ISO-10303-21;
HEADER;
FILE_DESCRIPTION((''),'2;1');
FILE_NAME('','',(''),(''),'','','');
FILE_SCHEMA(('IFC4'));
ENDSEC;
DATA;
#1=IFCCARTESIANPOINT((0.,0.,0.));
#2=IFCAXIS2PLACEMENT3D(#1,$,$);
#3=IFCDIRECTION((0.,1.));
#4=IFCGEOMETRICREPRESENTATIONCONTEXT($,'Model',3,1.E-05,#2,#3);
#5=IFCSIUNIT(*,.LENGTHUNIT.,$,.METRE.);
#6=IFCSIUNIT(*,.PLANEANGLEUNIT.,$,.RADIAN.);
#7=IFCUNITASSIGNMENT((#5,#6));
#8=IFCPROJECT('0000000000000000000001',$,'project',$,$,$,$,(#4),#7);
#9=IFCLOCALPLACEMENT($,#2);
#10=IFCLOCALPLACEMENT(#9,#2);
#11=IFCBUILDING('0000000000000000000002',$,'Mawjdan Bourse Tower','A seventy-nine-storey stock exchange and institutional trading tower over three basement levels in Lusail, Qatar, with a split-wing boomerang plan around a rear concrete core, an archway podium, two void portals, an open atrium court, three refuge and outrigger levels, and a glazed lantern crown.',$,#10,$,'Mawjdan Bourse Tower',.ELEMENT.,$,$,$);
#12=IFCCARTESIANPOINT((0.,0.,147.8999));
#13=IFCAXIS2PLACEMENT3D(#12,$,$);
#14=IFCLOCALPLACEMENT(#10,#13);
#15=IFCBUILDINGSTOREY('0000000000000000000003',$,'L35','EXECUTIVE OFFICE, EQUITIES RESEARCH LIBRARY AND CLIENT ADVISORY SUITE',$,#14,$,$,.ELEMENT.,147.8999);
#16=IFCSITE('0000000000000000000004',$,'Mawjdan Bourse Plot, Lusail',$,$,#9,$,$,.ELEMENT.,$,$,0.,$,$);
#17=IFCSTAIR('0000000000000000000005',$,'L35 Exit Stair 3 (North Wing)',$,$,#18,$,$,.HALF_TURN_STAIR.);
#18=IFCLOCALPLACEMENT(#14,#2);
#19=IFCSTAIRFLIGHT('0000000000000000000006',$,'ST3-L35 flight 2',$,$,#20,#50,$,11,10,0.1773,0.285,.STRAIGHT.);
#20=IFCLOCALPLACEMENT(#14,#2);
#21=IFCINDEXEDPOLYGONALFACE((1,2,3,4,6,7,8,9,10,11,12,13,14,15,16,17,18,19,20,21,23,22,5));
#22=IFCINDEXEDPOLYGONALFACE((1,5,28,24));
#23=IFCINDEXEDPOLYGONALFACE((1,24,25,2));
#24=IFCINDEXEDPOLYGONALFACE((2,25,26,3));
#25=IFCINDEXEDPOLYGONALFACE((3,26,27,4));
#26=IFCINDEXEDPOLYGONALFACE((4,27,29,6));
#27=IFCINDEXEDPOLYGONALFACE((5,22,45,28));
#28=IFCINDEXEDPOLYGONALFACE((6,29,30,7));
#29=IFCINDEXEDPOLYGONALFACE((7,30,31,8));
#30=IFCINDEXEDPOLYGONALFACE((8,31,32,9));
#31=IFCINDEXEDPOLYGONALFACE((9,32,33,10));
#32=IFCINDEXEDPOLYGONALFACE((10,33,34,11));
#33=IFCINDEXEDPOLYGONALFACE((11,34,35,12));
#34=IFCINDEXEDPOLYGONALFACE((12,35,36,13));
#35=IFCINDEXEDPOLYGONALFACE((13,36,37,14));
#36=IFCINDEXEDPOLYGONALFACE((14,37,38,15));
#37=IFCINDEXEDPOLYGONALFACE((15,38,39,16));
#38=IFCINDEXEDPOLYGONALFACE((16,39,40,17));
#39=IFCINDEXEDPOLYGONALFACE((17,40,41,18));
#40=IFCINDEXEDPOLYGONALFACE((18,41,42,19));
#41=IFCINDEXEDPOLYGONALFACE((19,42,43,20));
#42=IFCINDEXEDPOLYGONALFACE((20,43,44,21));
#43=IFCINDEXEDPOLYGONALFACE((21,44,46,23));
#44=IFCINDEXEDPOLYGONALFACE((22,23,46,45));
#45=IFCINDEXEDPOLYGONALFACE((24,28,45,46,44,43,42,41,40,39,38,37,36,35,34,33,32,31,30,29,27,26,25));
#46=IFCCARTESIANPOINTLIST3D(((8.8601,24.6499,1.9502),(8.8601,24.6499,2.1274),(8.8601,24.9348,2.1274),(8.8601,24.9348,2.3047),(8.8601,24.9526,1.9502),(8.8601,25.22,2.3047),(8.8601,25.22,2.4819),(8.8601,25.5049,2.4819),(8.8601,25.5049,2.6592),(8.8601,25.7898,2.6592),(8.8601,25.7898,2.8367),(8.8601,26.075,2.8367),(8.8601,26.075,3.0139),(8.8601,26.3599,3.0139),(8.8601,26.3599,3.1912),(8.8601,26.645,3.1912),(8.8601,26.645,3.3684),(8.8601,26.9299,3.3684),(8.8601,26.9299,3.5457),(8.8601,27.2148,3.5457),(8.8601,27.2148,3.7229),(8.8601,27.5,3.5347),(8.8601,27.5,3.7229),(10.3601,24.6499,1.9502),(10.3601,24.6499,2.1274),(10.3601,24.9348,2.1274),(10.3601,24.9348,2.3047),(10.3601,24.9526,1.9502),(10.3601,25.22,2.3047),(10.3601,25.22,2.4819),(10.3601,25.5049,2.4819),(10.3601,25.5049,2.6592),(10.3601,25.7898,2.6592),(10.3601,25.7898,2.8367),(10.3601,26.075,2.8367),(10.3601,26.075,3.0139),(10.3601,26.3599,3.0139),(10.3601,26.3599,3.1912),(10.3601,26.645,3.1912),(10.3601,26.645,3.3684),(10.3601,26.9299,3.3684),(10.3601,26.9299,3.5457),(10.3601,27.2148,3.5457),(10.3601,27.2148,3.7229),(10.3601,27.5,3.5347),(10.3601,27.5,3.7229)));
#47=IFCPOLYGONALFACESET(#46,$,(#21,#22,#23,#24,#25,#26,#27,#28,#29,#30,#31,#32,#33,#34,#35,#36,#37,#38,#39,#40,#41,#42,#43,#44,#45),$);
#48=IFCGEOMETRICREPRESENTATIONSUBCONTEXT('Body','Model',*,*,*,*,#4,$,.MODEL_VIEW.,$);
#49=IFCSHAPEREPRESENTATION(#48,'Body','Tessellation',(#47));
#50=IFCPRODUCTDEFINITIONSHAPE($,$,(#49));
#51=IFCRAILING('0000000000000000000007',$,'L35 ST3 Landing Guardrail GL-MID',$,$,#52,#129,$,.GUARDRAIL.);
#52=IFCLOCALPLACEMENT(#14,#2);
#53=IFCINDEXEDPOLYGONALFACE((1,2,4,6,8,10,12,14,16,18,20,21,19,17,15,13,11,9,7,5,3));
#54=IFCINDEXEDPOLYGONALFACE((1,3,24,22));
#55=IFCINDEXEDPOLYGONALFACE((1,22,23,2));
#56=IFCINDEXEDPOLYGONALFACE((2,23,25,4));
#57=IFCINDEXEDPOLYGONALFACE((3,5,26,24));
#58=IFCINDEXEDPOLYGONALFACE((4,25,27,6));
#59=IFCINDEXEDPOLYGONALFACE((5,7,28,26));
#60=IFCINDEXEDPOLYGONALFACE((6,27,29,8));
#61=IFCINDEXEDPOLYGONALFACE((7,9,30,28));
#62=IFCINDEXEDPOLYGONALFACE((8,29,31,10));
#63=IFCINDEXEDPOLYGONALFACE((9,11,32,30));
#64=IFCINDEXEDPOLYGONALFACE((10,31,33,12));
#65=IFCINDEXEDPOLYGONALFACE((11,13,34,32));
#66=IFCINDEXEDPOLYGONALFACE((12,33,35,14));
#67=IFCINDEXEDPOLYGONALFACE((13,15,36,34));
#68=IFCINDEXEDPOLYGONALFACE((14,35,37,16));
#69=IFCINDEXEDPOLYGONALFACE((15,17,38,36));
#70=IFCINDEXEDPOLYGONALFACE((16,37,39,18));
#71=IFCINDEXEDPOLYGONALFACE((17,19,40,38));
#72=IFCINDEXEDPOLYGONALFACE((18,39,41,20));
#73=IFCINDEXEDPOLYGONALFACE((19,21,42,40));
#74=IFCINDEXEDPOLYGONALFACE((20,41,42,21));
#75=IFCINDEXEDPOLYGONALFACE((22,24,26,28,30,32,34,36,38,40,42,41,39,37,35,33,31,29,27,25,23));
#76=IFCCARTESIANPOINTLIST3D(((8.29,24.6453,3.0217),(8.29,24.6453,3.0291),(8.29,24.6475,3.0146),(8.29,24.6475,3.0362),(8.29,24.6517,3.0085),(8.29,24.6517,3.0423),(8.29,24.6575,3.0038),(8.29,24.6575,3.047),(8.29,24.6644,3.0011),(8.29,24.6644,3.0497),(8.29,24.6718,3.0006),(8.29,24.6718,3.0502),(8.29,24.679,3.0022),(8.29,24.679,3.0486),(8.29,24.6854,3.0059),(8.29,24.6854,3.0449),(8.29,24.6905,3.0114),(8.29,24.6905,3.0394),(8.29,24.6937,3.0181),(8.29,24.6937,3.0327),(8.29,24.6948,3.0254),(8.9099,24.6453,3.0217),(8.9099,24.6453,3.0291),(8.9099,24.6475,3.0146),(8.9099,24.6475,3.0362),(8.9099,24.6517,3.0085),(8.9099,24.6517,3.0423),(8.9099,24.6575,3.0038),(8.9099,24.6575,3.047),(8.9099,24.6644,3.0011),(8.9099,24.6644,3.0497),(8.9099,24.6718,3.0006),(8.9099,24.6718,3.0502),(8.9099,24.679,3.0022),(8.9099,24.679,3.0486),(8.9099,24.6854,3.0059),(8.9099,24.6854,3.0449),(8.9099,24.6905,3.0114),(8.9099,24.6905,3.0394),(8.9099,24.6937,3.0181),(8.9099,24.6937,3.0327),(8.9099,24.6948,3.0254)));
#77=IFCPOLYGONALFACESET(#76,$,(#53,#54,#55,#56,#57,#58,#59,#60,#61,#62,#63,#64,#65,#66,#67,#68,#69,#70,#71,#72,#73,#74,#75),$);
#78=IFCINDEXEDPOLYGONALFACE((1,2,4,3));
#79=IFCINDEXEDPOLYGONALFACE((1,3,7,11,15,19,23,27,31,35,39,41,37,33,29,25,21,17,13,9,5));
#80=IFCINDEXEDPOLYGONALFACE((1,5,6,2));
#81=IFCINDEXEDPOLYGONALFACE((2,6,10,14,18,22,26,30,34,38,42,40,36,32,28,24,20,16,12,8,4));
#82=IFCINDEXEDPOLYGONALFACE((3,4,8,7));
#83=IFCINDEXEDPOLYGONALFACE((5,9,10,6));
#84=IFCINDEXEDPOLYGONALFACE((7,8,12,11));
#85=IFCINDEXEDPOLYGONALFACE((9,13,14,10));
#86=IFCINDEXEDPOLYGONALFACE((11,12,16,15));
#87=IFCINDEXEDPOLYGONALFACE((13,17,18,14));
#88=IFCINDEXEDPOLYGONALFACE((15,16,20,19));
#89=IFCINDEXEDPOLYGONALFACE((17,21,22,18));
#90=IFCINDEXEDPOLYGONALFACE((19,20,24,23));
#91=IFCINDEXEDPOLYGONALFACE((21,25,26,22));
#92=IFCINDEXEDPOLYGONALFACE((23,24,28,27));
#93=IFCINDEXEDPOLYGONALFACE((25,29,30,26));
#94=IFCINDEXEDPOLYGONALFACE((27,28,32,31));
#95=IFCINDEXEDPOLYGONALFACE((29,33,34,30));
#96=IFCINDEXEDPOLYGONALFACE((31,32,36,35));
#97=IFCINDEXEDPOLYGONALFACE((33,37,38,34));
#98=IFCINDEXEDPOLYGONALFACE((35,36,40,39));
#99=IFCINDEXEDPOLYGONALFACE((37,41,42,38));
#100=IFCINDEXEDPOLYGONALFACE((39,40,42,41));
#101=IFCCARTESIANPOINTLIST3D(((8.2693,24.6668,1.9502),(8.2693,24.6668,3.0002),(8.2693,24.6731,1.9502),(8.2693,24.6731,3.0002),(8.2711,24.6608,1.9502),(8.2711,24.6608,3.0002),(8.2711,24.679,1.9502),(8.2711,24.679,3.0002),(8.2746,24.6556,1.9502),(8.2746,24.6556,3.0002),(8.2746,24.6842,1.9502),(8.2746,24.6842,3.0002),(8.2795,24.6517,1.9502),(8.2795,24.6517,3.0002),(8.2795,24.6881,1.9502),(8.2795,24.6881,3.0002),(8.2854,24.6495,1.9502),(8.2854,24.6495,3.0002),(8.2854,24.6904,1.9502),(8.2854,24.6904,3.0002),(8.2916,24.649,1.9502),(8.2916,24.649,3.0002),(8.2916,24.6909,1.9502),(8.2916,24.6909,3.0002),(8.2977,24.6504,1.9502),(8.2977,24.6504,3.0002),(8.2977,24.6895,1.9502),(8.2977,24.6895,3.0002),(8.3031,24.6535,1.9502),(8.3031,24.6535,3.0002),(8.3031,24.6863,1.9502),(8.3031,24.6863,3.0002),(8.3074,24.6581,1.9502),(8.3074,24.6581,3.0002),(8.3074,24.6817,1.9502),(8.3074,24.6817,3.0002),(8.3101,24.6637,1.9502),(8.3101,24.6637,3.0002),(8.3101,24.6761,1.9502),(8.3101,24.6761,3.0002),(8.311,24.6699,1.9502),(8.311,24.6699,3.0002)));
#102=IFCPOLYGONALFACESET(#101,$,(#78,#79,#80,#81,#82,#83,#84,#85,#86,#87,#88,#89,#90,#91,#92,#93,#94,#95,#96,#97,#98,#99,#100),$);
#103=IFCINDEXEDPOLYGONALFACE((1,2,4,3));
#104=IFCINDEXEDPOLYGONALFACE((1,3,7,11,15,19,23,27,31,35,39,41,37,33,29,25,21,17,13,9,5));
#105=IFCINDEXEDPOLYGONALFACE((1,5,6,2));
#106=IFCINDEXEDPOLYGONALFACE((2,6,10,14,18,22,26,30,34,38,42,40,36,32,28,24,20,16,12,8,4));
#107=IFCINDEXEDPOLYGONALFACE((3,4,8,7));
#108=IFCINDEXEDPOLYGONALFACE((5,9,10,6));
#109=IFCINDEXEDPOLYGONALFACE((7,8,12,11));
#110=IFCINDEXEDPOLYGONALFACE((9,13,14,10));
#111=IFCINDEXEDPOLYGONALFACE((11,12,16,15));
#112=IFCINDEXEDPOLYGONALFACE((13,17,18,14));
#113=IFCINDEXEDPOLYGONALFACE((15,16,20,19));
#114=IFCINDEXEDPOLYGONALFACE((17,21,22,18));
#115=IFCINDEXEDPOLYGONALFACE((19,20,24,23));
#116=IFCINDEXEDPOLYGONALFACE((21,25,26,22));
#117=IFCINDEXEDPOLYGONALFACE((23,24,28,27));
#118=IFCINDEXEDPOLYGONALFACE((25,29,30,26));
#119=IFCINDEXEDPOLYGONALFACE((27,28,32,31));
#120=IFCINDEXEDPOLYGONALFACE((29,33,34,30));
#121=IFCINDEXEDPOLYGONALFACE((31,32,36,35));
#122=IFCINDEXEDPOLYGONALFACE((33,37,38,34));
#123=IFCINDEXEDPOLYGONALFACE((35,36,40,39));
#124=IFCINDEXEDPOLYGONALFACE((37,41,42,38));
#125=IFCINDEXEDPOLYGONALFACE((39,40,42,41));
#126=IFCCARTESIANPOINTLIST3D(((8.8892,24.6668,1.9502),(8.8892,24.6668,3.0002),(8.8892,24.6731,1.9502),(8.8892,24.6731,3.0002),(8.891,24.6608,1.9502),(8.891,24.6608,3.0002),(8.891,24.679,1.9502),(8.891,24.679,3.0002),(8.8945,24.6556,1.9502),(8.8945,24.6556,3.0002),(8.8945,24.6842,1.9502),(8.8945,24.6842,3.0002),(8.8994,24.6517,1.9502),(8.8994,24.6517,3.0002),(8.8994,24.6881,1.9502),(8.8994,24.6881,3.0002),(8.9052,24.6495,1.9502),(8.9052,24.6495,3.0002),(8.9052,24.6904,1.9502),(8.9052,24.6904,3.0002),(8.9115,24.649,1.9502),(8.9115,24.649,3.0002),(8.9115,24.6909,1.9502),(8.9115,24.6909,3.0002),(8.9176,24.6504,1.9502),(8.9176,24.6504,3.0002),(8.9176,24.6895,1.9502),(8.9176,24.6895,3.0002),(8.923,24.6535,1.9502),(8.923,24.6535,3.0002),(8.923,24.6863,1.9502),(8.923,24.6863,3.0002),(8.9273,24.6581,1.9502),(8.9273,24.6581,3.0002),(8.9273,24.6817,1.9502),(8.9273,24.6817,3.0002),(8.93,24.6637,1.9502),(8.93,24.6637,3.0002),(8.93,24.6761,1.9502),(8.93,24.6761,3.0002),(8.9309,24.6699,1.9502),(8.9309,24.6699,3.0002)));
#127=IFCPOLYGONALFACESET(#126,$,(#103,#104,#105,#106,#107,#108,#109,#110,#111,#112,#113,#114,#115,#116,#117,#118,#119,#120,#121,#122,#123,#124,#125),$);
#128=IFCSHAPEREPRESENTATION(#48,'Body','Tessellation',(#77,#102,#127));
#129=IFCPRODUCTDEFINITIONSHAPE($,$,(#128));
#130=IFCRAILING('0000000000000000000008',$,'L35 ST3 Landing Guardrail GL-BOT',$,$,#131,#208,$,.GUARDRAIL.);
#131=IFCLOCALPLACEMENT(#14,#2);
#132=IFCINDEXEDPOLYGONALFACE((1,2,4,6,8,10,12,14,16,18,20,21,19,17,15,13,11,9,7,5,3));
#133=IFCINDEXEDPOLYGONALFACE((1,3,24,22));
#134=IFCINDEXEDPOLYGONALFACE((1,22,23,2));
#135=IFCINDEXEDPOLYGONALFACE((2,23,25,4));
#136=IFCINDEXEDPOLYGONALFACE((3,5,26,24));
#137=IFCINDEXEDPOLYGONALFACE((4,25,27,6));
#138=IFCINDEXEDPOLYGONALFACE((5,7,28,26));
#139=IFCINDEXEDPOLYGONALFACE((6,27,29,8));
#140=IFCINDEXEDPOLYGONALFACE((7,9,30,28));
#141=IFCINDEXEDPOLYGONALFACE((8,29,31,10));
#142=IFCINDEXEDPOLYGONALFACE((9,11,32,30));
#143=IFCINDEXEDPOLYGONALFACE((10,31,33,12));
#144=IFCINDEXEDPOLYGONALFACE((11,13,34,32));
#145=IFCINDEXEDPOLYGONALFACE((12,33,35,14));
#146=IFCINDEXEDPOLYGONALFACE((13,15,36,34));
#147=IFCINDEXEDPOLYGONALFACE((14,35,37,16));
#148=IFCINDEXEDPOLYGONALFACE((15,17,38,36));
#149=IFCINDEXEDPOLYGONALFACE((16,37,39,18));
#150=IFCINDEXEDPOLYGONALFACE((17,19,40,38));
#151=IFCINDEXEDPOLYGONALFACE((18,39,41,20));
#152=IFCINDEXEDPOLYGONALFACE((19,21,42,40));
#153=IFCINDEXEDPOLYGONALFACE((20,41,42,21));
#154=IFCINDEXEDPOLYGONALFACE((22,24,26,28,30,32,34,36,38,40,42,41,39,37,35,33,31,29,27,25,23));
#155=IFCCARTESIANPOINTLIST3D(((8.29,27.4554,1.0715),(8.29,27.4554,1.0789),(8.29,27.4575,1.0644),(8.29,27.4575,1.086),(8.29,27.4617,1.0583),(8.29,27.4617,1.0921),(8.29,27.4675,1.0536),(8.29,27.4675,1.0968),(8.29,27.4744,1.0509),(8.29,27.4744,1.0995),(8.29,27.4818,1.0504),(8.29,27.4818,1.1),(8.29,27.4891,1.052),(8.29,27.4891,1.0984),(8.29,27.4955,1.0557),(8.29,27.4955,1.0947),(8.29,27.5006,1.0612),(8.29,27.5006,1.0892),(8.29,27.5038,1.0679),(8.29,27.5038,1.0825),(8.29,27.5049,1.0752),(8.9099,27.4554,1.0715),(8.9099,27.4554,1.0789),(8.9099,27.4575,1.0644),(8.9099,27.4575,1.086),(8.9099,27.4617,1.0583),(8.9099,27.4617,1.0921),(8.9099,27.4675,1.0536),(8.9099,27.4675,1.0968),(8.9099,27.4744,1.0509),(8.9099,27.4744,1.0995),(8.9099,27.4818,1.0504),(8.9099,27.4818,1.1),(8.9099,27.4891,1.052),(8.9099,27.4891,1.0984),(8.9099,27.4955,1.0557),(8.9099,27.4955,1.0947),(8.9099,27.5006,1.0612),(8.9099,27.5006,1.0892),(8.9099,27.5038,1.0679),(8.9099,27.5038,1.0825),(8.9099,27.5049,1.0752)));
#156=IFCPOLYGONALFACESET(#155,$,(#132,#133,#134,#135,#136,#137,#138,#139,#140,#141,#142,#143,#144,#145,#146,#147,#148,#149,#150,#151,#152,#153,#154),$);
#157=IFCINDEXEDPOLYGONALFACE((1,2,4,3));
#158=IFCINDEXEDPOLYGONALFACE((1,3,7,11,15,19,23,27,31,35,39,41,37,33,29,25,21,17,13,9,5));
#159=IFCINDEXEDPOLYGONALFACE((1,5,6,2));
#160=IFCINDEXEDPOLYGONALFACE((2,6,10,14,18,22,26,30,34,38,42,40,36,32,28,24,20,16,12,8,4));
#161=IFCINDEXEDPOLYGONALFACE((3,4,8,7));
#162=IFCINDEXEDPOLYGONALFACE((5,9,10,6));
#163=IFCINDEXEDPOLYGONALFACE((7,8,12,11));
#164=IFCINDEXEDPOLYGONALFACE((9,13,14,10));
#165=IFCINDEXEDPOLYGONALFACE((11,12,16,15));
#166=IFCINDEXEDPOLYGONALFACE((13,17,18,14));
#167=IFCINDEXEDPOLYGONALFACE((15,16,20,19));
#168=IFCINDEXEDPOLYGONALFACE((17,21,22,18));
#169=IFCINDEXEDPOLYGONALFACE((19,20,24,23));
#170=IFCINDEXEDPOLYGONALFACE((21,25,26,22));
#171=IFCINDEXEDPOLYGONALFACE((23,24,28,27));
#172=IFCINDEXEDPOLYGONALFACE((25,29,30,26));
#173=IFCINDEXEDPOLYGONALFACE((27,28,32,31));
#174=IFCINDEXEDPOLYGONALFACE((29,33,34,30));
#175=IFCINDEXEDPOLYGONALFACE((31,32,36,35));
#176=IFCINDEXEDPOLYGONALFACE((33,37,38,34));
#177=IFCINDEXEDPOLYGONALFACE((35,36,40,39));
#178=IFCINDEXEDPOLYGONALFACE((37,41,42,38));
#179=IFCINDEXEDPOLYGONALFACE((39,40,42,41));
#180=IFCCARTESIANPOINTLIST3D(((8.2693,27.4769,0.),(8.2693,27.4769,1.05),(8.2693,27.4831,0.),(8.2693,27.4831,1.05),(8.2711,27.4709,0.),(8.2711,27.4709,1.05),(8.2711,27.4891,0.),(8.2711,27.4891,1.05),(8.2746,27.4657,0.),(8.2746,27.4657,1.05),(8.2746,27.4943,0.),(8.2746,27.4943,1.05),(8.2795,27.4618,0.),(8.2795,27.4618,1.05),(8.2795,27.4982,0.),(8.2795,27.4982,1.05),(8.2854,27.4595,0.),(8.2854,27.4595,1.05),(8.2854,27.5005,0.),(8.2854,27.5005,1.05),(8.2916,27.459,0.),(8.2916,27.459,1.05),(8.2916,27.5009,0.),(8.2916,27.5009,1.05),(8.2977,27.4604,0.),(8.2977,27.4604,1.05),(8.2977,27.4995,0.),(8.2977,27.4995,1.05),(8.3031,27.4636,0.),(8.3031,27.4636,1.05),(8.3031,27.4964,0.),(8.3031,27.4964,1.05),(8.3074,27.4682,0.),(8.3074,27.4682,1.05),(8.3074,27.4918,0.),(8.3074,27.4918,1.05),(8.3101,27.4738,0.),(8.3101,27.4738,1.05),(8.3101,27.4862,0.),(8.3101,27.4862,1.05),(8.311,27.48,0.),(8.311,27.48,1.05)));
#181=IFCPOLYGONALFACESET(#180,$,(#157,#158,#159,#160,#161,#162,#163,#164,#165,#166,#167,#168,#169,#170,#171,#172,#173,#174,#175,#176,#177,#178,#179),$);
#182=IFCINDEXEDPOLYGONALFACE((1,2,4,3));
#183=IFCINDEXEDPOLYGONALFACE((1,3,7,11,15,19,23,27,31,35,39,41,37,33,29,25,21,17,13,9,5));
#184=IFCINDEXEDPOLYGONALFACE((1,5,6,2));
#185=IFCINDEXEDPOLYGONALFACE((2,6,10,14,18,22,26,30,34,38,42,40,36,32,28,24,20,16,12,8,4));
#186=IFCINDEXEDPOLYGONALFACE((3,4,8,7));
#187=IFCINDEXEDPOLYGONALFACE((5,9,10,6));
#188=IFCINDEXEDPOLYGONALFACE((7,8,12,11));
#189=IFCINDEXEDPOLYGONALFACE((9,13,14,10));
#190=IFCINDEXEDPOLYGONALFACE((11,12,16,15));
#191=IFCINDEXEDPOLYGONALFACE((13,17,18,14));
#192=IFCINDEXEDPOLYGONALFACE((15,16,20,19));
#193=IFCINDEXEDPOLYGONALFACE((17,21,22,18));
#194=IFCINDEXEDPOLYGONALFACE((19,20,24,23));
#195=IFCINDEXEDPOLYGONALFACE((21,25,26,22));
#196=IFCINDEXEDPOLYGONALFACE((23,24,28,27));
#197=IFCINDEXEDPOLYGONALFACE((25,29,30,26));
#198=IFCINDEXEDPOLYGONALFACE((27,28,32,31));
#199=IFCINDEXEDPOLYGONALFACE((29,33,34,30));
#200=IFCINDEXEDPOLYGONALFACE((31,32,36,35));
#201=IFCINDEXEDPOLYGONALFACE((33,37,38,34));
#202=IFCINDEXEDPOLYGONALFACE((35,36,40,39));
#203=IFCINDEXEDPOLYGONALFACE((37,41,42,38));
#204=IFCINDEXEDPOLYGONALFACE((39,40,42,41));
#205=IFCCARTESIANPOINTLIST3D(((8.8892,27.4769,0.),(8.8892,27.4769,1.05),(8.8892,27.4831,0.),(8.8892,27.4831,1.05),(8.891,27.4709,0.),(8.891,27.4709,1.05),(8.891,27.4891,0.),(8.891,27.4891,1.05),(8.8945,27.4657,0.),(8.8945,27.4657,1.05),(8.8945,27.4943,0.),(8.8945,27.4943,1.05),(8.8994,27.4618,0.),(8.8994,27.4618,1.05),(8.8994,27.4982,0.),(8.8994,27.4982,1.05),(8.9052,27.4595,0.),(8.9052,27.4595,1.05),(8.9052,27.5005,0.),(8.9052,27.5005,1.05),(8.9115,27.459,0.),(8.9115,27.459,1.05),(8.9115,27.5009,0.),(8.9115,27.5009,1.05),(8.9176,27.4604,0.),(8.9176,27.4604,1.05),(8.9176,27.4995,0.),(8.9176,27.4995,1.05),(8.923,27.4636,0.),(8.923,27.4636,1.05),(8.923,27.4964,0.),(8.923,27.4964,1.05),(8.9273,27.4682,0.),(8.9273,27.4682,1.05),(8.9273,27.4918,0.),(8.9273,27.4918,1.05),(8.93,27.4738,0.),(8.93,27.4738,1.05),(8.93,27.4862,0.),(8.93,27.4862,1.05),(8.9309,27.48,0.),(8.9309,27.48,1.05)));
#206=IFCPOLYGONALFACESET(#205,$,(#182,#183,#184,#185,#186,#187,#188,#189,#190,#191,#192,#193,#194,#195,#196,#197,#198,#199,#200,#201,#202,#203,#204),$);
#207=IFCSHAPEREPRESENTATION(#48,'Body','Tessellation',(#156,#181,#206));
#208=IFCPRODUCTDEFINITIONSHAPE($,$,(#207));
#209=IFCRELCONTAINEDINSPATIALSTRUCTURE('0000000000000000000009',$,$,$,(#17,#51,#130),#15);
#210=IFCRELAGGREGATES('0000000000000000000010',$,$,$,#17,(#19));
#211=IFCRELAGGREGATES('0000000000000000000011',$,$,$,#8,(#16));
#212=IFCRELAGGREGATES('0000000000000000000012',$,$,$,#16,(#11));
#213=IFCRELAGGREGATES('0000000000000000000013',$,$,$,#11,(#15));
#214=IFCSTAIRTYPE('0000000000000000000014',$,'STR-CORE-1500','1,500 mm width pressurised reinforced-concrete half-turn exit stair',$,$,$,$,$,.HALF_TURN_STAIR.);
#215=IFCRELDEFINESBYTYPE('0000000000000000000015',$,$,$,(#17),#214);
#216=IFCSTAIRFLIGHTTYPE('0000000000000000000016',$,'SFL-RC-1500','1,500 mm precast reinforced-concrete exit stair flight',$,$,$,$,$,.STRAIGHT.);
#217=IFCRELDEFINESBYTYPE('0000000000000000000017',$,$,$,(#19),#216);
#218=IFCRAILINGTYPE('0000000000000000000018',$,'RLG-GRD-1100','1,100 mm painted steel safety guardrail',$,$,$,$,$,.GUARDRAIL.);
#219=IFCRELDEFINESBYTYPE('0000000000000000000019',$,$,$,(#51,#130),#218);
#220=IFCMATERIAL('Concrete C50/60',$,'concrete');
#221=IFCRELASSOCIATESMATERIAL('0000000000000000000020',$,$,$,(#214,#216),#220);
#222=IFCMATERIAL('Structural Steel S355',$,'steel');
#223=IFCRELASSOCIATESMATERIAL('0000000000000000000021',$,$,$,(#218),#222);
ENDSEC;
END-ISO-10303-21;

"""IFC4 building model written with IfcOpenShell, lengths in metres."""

from ifc_helpers import new_model, si_unit, direction, frame, origin, origin_2d, place, context, subcontext, project, spatial, polyline, circle, outline, extrude, material, type_object, element, aggregate, save


model = new_model("IFC4")

# Units and contexts
model_context = context("Model", 3, precision=1e-05, world=origin(), true_north=direction((0.0, 1.0)))
body_context = subcontext(model_context, "Body", "Model", "MODEL_VIEW")
ifc_project = project(units=[si_unit("LENGTHUNIT", "METRE"), si_unit("PLANEANGLEUNIT", "RADIAN")], contexts=[model_context])

# Site, building, storey
site_placement = place(None, origin())
site = spatial("IfcSite", under=ifc_project, at=site_placement, Name="Mawjdan Bourse Plot, Lusail", CompositionType="ELEMENT", RefElevation=0.0)
building_placement = place(site_placement, origin())
building = spatial("IfcBuilding", under=site, at=building_placement, Name="Mawjdan Bourse Tower", Description="A seventy-nine-storey stock exchange and institutional trading tower over three basement levels in Lusail, Qatar, with a split-wing boomerang plan around a rear concrete core, an archway podium, two void portals, an open atrium court, three refuge and outrigger levels, and a glazed lantern crown.", LongName="Mawjdan Bourse Tower", CompositionType="ELEMENT")
storey_placement = place(building_placement, frame((0.0, 0.0, 147.8999)))
storey = spatial("IfcBuildingStorey", under=building, at=storey_placement, Name="L35", Description="EXECUTIVE OFFICE, EQUITIES RESEARCH LIBRARY AND CLIENT ADVISORY SUITE", CompositionType="ELEMENT", Elevation=147.8999)

# Shared definitions
ifc_material_1 = material(Name="Structural Steel S355", Category="steel")

# Shared definitions
ifc_material_2 = material(Name="Concrete C50/60", Category="concrete")

# Stair, stair flight
stair_type = type_object("IfcStairType", Name="STR-CORE-1500", Description="1,500 mm width pressurised reinforced-concrete half-turn exit stair", PredefinedType="HALF_TURN_STAIR", material=ifc_material_2)
stair_placement = place(storey_placement, origin())
stair = element("IfcStair", 1, at=stair_placement, inside=storey, type_object=stair_type, Name="L35 Exit Stair 3 (North Wing)", PredefinedType="HALF_TURN_STAIR")
stair_flight_type = type_object("IfcStairFlightType", Name="SFL-RC-1500", Description="1,500 mm precast reinforced-concrete exit stair flight", PredefinedType="STRAIGHT", material=ifc_material_2)
stair_flight_1_placement = place(storey_placement, frame((9.6101, 24.6499, 1.9502), z_axis=(0.0, 0.0, 1.0), x_axis=(0.0, 1.0, 0.0)))
stair_flight_1 = element("IfcStairFlight", 2, at=stair_flight_1_placement, type_object=stair_flight_type, Name="ST3-L35 flight 2", NumberOfRisers=11, NumberOfTreads=10, PredefinedType="STRAIGHT", RiserHeight=0.1773, TreadLength=0.285, context=body_context, shape_type="SweptSolid", body=[
    extrude(outline(polyline([(0.0, 0.0), (0.0, 0.1772), (0.2849, 0.1772), (0.2849, 0.3545), (0.5701, 0.3545), (0.5701, 0.5317), (0.855, 0.5317), (0.855, 0.709), (1.1399, 0.709), (1.1399, 0.8865), (1.425, 0.8865), (1.425, 1.0637), (1.71, 1.0637), (1.71, 1.241), (1.9951, 1.241), (1.9951, 1.4182), (2.28, 1.4182), (2.28, 1.5955), (2.5649, 1.5955), (2.5649, 1.7727), (2.8501, 1.7727), (2.8501, 1.95), (2.8501, 1.5845), (0.3027, 0.0), (0.0, 0.0)])), frame((0.0, 0.75, 0.0), z_axis=(0.0, -1.0, 0.0), x_axis=(1.0, 0.0, 0.0)), (0.0, 0.0, 1.0), 1.5),
])
aggregate(stair, [stair_flight_1])

# Railings
railing_type_1 = type_object("IfcRailingType", Name="RLG-GRD-1100", Description="1,100 mm painted steel safety guardrail", PredefinedType="GUARDRAIL", material=ifc_material_1)
for number, where, name in (
    (3, (8.29, 24.6699, 1.9502), "L35 ST3 Landing Guardrail GL-MID"),
    (4, (8.29, 27.48, 0.0), "L35 ST3 Landing Guardrail GL-BOT"),
):
    element("IfcRailing", number, at=place(storey_placement, frame(where)), inside=storey, type_object=railing_type_1, Name=name, PredefinedType="GUARDRAIL", context=body_context, shape_type="SweptSolid", body=[
        extrude(circle(Radius=0.0249, at=origin_2d()), frame((0.0, 0.0, 1.0752), z_axis=(1.0, 0.0, 0.0), x_axis=(0.0, 1.0, 0.0)), (0.0, 0.0, 1.0), 0.6199),
        extrude(circle(Radius=0.021, at=origin_2d()), origin(), (0.0, 0.0, 1.0), 1.05),
        extrude(circle(Radius=0.021, at=origin_2d()), frame((0.6199, 0.0, 0.0)), (0.0, 0.0, 1.0), 1.05),
    ])

save(model, "model.ifc")
